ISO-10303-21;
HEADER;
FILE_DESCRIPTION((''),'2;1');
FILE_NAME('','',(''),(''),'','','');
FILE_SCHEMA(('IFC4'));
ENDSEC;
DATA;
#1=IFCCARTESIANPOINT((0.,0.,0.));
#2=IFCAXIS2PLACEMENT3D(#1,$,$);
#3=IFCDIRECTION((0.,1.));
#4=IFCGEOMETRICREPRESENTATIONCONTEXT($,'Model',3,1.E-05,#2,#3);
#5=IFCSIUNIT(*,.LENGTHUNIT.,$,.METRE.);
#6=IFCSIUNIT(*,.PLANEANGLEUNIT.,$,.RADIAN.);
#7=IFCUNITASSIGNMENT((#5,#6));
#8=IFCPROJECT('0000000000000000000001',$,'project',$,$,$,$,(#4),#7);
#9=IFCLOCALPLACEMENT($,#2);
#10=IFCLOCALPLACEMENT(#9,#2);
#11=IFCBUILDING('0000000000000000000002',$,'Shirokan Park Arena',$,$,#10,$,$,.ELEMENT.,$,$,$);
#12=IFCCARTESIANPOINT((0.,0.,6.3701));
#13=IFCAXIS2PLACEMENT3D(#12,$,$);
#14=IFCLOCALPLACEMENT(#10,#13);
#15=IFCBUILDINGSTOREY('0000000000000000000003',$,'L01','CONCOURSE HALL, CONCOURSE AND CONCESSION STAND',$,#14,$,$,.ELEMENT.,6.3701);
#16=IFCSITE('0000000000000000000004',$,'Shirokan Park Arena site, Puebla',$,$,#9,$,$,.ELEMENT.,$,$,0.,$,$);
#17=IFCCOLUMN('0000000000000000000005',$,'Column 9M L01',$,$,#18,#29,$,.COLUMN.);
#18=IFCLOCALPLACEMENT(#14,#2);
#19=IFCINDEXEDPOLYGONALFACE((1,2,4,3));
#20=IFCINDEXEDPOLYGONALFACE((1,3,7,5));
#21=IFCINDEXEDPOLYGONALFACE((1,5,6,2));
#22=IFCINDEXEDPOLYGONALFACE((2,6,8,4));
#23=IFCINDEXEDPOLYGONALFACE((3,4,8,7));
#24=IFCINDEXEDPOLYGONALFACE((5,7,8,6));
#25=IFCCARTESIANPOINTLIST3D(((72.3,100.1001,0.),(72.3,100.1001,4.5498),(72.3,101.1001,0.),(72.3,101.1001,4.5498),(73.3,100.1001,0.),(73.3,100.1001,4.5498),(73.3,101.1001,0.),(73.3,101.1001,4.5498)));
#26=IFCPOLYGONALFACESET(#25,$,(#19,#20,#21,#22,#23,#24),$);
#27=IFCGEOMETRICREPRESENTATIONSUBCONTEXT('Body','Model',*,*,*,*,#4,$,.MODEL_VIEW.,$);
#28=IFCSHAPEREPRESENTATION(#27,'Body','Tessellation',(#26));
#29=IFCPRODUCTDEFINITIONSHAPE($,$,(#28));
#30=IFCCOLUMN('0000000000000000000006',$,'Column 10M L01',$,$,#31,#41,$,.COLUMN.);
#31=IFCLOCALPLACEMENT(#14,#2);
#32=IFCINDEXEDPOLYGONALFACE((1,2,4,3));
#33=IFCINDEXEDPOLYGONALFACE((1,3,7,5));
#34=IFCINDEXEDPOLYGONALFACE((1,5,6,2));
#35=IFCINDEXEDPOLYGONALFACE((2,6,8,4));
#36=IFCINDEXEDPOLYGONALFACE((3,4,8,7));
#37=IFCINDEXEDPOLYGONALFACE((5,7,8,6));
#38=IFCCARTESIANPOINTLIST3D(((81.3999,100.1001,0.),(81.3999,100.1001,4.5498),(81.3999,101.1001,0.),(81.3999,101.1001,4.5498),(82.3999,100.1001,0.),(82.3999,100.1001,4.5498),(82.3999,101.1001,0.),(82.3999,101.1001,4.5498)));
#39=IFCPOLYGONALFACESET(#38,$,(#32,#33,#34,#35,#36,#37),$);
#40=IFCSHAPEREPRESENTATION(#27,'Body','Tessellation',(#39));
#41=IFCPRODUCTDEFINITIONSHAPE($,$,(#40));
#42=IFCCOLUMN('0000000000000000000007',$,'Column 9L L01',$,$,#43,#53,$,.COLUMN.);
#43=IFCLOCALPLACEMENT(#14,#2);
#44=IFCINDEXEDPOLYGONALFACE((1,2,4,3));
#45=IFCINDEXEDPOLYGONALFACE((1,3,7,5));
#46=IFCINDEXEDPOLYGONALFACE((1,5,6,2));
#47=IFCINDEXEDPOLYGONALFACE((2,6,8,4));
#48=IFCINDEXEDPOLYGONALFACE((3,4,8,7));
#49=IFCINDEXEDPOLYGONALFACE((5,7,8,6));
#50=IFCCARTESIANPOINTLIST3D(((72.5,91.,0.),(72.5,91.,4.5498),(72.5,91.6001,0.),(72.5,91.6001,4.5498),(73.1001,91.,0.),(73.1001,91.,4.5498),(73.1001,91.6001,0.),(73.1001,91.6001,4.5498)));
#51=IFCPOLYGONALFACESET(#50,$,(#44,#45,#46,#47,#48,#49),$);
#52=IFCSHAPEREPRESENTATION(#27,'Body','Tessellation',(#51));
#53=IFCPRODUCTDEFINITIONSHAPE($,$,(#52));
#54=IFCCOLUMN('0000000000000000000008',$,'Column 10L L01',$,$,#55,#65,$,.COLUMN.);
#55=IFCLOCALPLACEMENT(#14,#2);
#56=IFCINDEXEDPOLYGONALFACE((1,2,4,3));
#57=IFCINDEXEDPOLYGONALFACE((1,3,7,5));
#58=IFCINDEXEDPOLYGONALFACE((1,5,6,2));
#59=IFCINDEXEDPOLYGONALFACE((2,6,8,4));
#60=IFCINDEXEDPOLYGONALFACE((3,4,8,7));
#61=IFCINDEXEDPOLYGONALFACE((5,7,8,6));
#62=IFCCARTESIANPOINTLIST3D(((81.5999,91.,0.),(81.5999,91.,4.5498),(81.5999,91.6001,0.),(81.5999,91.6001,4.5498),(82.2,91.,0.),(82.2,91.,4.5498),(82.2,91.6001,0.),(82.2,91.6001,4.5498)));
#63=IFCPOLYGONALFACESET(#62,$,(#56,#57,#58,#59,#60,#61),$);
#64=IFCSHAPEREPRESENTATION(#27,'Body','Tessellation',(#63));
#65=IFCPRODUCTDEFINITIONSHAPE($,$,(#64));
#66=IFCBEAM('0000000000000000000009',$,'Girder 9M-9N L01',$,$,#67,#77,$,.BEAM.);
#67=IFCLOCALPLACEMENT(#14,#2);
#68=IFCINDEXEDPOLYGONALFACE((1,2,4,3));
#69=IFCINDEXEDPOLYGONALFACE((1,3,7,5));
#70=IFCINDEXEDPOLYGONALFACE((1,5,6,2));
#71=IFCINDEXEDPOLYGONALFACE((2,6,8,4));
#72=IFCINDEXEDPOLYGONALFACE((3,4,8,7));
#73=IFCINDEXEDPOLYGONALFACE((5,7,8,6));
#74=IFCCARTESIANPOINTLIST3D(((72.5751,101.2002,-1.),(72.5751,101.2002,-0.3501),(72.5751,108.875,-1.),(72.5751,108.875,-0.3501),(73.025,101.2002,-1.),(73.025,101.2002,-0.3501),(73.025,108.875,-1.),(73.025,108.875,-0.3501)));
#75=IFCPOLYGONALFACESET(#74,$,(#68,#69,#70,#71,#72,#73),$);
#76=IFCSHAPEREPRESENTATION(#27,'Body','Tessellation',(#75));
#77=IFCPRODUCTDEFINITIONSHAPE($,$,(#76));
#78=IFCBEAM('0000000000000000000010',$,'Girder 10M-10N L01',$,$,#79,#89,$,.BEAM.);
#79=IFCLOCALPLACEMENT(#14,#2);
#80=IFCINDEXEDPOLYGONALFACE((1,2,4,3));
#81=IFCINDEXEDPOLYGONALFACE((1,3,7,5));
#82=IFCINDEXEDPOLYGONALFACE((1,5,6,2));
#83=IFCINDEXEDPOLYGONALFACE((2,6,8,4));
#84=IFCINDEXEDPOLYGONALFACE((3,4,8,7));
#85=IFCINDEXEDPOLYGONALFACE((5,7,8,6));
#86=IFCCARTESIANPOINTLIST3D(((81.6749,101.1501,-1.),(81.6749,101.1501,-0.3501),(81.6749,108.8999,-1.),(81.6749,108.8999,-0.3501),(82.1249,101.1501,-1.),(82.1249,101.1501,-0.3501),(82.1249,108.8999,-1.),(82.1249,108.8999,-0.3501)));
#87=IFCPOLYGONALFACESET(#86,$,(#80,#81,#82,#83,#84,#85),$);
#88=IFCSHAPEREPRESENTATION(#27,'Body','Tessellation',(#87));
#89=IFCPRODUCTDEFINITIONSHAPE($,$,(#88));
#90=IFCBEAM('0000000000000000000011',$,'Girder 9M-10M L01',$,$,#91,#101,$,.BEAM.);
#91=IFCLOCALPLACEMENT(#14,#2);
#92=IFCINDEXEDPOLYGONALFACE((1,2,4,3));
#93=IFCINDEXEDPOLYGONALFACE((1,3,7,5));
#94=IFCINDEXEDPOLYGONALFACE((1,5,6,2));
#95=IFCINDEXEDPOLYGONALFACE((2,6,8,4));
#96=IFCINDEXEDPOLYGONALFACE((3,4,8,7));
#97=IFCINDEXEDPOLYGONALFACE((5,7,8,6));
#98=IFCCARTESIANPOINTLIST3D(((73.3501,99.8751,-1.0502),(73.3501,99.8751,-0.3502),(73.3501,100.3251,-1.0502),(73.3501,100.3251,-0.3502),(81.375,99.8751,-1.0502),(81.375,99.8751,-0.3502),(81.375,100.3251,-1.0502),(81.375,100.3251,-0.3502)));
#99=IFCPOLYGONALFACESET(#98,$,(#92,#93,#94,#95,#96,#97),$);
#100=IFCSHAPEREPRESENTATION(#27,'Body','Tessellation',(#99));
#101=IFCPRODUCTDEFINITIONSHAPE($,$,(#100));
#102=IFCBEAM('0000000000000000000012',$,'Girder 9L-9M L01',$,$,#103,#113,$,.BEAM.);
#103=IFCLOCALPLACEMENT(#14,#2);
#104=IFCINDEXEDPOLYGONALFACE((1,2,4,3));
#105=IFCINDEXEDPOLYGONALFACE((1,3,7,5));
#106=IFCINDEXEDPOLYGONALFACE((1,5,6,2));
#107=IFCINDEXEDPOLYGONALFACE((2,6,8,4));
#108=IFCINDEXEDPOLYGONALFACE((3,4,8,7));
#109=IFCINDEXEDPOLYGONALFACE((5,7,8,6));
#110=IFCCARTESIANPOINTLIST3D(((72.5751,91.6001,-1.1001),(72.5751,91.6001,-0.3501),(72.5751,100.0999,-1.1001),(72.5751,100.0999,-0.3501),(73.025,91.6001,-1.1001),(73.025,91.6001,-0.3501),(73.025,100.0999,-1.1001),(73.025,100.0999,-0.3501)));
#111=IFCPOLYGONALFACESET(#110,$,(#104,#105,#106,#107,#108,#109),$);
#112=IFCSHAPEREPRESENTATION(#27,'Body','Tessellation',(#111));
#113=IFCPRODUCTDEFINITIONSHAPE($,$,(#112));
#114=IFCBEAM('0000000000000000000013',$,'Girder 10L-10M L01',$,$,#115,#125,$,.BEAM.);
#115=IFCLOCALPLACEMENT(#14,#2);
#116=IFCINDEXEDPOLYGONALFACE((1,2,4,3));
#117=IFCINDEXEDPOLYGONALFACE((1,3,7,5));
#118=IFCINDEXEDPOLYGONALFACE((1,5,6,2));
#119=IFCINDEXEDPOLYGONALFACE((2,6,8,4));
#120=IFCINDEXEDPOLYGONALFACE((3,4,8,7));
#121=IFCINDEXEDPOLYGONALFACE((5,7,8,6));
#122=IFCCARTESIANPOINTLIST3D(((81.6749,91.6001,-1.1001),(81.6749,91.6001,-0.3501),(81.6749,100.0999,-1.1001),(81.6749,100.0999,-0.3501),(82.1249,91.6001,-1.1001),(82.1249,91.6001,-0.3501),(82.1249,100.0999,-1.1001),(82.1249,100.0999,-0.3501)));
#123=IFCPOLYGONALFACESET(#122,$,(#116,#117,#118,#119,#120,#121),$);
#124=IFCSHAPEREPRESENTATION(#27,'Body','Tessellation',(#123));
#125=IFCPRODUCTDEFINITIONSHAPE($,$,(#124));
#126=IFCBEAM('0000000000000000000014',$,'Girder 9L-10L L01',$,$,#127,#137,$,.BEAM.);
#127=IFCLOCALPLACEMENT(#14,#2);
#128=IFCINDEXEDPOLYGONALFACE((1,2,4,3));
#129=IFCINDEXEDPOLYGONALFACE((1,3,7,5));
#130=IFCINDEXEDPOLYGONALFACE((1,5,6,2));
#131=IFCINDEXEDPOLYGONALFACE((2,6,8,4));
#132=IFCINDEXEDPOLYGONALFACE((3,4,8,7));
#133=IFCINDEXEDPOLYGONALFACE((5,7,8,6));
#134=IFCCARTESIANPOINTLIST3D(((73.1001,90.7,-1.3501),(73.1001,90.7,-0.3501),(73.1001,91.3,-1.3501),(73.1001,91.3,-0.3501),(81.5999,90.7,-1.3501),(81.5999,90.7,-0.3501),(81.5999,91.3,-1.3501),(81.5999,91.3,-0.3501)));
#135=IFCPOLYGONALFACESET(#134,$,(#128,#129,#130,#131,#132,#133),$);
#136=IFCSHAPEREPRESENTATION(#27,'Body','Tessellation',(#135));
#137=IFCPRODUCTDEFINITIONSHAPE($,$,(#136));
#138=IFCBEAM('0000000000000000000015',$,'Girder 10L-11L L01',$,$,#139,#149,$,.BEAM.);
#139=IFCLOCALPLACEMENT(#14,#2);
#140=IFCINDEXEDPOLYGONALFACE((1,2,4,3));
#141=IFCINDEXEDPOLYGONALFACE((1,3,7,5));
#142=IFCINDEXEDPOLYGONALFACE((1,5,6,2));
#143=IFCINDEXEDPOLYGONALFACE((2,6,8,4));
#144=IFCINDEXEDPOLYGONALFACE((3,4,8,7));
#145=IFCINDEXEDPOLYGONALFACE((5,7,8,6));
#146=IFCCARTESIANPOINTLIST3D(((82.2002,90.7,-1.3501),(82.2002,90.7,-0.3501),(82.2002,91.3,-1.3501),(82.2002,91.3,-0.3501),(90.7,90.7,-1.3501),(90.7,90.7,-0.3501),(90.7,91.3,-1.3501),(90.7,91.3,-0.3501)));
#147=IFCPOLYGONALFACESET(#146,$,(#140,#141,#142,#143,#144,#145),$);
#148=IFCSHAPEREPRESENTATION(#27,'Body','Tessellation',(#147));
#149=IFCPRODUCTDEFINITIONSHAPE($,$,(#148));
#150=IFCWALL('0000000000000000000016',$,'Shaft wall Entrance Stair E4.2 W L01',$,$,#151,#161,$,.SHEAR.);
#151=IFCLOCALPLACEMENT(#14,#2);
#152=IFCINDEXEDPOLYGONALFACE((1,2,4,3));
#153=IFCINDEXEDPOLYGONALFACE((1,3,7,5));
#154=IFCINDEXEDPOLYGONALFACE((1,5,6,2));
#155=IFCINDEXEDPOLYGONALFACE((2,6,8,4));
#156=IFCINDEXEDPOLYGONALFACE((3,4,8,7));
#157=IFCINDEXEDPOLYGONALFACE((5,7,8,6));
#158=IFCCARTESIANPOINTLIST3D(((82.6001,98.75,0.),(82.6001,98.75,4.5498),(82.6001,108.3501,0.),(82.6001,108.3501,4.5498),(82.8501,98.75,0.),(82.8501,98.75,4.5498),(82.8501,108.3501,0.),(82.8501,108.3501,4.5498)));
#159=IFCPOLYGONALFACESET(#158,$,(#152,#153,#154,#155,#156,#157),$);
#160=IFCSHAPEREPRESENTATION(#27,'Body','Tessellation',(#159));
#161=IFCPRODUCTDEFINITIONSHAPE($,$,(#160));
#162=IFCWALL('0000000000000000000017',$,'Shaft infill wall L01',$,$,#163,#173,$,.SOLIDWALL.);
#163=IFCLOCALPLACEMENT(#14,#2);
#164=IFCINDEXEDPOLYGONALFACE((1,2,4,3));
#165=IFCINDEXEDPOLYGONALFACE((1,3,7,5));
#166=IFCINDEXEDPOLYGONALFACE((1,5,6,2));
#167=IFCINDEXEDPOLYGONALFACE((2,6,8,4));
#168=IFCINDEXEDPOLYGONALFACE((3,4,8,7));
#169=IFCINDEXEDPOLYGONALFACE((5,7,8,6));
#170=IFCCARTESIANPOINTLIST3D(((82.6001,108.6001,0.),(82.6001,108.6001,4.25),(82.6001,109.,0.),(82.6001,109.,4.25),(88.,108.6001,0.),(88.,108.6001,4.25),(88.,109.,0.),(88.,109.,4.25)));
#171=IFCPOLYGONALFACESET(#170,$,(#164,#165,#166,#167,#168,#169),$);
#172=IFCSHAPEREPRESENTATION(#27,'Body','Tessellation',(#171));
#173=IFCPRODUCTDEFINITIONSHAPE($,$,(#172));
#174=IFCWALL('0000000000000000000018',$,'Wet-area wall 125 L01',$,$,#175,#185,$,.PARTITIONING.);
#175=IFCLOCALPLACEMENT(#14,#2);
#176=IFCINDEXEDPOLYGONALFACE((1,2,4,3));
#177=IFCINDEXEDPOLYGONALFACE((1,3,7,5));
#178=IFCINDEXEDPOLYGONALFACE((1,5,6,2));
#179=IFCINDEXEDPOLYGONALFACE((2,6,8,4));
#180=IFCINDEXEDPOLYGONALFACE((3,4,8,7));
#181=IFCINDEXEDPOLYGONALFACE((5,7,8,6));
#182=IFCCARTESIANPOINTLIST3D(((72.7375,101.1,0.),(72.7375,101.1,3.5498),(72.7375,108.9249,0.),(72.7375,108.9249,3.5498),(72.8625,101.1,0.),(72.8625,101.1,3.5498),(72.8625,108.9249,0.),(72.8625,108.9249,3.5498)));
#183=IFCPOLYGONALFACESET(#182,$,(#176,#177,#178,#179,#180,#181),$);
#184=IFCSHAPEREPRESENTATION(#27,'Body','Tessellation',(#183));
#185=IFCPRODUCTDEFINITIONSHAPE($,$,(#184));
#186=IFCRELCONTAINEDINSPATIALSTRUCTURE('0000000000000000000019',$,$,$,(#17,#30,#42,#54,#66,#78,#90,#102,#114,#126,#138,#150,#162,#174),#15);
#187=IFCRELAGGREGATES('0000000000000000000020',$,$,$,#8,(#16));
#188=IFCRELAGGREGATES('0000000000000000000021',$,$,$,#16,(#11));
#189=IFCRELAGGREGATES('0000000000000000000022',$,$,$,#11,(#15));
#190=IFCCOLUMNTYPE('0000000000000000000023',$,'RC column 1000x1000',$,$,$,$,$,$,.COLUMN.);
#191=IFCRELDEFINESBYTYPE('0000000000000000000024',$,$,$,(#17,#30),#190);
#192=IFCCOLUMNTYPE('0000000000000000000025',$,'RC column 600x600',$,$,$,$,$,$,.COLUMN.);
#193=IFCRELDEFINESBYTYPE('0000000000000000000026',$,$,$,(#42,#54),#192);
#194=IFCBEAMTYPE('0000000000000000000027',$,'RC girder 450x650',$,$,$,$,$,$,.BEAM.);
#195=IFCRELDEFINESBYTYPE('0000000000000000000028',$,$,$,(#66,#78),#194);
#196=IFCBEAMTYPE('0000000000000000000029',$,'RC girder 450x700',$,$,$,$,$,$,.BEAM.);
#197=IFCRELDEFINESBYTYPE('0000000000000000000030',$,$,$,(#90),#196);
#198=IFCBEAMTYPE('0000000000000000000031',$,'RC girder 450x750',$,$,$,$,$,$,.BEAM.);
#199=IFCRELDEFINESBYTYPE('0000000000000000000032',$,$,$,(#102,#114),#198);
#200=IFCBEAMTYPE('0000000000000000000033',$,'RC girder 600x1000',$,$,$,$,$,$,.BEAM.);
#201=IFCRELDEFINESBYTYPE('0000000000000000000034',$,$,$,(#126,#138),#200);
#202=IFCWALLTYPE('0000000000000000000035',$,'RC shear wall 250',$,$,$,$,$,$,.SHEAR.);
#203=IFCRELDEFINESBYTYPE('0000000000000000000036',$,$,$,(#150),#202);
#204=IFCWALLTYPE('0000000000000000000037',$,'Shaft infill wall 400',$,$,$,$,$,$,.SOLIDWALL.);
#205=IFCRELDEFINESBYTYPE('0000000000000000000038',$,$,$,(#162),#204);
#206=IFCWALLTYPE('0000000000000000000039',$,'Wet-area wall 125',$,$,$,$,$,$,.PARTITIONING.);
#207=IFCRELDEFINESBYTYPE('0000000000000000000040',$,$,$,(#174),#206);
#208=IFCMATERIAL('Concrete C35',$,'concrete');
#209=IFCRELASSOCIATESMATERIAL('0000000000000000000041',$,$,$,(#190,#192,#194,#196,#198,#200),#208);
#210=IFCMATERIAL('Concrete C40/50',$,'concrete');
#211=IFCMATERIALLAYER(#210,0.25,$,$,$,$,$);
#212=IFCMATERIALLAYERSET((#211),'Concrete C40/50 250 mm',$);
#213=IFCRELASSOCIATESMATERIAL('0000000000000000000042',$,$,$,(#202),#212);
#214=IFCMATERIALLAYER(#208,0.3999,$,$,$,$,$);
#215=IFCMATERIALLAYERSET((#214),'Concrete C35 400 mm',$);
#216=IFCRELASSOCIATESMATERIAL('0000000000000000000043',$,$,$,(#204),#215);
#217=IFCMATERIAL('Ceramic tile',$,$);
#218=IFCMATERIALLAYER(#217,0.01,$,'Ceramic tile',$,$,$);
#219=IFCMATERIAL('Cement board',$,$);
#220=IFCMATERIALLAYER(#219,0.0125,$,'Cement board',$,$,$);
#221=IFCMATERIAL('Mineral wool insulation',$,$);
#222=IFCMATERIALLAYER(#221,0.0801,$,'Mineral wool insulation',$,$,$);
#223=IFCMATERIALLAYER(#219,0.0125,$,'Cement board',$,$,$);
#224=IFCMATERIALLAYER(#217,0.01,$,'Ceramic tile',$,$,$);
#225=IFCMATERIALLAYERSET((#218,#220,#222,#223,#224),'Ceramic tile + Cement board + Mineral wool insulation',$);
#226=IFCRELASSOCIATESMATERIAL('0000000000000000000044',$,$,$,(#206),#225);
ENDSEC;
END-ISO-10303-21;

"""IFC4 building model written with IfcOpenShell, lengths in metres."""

from ifc_helpers import new_model, si_unit, direction, frame, frame_2d, origin, origin_2d, place, context, subcontext, project, spatial, rectangle, extrude, material, layer, layer_set, material_profile, profile_set, type_object, element, save


model = new_model("IFC4")

# Units and contexts
model_context = context("Model", 3, precision=1e-05, world=origin(), true_north=direction((0.0, 1.0)))
body_context = subcontext(model_context, "Body", "Model", "MODEL_VIEW")
ifc_project = project(units=[si_unit("LENGTHUNIT", "METRE"), si_unit("PLANEANGLEUNIT", "RADIAN")], contexts=[model_context])

# Site, building, storey
site_placement = place(None, origin())
site = spatial("IfcSite", under=ifc_project, at=site_placement, Name="Shirokan Park Arena site, Puebla", CompositionType="ELEMENT", RefElevation=0.0)
building_placement = place(site_placement, origin())
building = spatial("IfcBuilding", under=site, at=building_placement, Name="Shirokan Park Arena", CompositionType="ELEMENT")
storey_placement = place(building_placement, frame((0.0, 0.0, 6.3701)))
storey = spatial("IfcBuildingStorey", under=building, at=storey_placement, Name="L01", Description="CONCOURSE HALL, CONCOURSE AND CONCESSION STAND", CompositionType="ELEMENT", Elevation=6.3701)

# Columns
ifc_material_1 = material(Name="Concrete C35", Category="concrete")
ifc_material_profile_1 = material_profile(ifc_material_1, rectangle(XDim=1.0, YDim=1.0, at=origin_2d()), Name="1000x1000")
ifc_profile_set_1 = profile_set([ifc_material_profile_1], Name="Concrete C35")
column_type_1 = type_object("IfcColumnType", Name="RC column 1000x1000", PredefinedType="COLUMN", material=ifc_profile_set_1)
for number, where, z_axis, x_axis, name in (
    (1, (72.8, 100.6001, 0.0), (0.0, 0.0, 1.0), (1.0, 0.0, 0.0), "Column 9M L01"),
    (2, (81.8999, 100.6001, 0.0), (0.0, 0.0, 1.0), (1.0, 0.0, 0.0), "Column 10M L01"),
):
    element("IfcColumn", number, at=place(storey_placement, frame(where, z_axis=z_axis, x_axis=x_axis)), inside=storey, type_object=column_type_1, Name=name, PredefinedType="COLUMN", context=body_context, shape_type="SweptSolid", body=[
        extrude(rectangle(XDim=1.0, YDim=1.0, at=origin_2d()), origin(), (0.0, 0.0, 1.0), 4.5498),
    ])
ifc_material_profile_2 = material_profile(ifc_material_1, rectangle(XDim=0.6001, YDim=0.6001, at=origin_2d()), Name="600x600")
ifc_profile_set_2 = profile_set([ifc_material_profile_2], Name="Concrete C35")
column_type_2 = type_object("IfcColumnType", Name="RC column 600x600", PredefinedType="COLUMN", material=ifc_profile_set_2)
for number, where, z_axis, x_axis, name in (
    (3, (72.8, 91.3, 0.0), (0.0, 0.0, 1.0), (1.0, 0.0, 0.0), "Column 9L L01"),
    (4, (81.8999, 91.3, 0.0), (0.0, 0.0, 1.0), (1.0, 0.0, 0.0), "Column 10L L01"),
):
    element("IfcColumn", number, at=place(storey_placement, frame(where, z_axis=z_axis, x_axis=x_axis)), inside=storey, type_object=column_type_2, Name=name, PredefinedType="COLUMN", context=body_context, shape_type="SweptSolid", body=[
        extrude(rectangle(XDim=0.6001, YDim=0.6001, at=origin_2d()), origin(), (0.0, 0.0, 1.0), 4.5498),
    ])

# Beams
ifc_material_profile_3 = material_profile(ifc_material_1, rectangle(XDim=0.45, YDim=0.6499, at=origin_2d()), Name="450x650")
ifc_profile_set_3 = profile_set([ifc_material_profile_3], Name="Concrete C35")
beam_type_1 = type_object("IfcBeamType", Name="RC girder 450x650", PredefinedType="BEAM", material=ifc_profile_set_3)
beam_1_placement = place(storey_placement, frame((72.8, 101.2002, -0.675), z_axis=(0.0, 1.0, 0.0), x_axis=(-1.0, 0.0, 0.0)))
element("IfcBeam", 5, at=beam_1_placement, inside=storey, type_object=beam_type_1, Name="Girder 9M-9N L01", PredefinedType="BEAM", context=body_context, shape_type="SweptSolid", body=[
    extrude(rectangle(XDim=0.45, YDim=0.6499, at=origin_2d()), origin(), (0.0, 0.0, 1.0), 7.6748),
])
beam_2_placement = place(storey_placement, frame((81.8999, 101.1501, -0.675), z_axis=(0.0, 1.0, 0.0), x_axis=(-1.0, 0.0, 0.0)))
element("IfcBeam", 6, at=beam_2_placement, inside=storey, type_object=beam_type_1, Name="Girder 10M-10N L01", PredefinedType="BEAM", context=body_context, shape_type="SweptSolid", body=[
    extrude(rectangle(XDim=0.45, YDim=0.6499, at=origin_2d()), origin(), (0.0, 0.0, 1.0), 7.7498),
])
ifc_material_profile_4 = material_profile(ifc_material_1, rectangle(XDim=0.45, YDim=0.7, at=origin_2d()), Name="450x700")
ifc_profile_set_4 = profile_set([ifc_material_profile_4], Name="Concrete C35")
beam_type_2 = type_object("IfcBeamType", Name="RC girder 450x700", PredefinedType="BEAM", material=ifc_profile_set_4)
beam_3_placement = place(storey_placement, frame((73.3501, 100.1001, -0.7002), z_axis=(1.0, 0.0, 0.0), x_axis=(0.0, 1.0, 0.0)))
element("IfcBeam", 7, at=beam_3_placement, inside=storey, type_object=beam_type_2, Name="Girder 9M-10M L01", PredefinedType="BEAM", context=body_context, shape_type="SweptSolid", body=[
    extrude(rectangle(XDim=0.45, YDim=0.7, at=origin_2d()), origin(), (0.0, 0.0, 1.0), 8.0249),
])
ifc_material_profile_5 = material_profile(ifc_material_1, rectangle(XDim=0.45, YDim=0.75, at=origin_2d()), Name="450x750")
ifc_profile_set_5 = profile_set([ifc_material_profile_5], Name="Concrete C35")
beam_type_3 = type_object("IfcBeamType", Name="RC girder 450x750", PredefinedType="BEAM", material=ifc_profile_set_5)
for number, where, z_axis, x_axis, name in (
    (8, (72.8, 91.6001, -0.7251), (0.0, 1.0, 0.0), (-1.0, 0.0, 0.0), "Girder 9L-9M L01"),
    (9, (81.8999, 91.6001, -0.7251), (0.0, 1.0, 0.0), (-1.0, 0.0, 0.0), "Girder 10L-10M L01"),
):
    element("IfcBeam", number, at=place(storey_placement, frame(where, z_axis=z_axis, x_axis=x_axis)), inside=storey, type_object=beam_type_3, Name=name, PredefinedType="BEAM", context=body_context, shape_type="SweptSolid", body=[
        extrude(rectangle(XDim=0.45, YDim=0.75, at=origin_2d()), origin(), (0.0, 0.0, 1.0), 8.4998),
    ])
ifc_material_profile_6 = material_profile(ifc_material_1, rectangle(XDim=0.6001, YDim=1.0, at=origin_2d()), Name="600x1000")
ifc_profile_set_6 = profile_set([ifc_material_profile_6], Name="Concrete C35")
beam_type_4 = type_object("IfcBeamType", Name="RC girder 600x1000", PredefinedType="BEAM", material=ifc_profile_set_6)
for number, where, z_axis, x_axis, name in (
    (10, (73.1001, 91.0, -0.8501), (1.0, 0.0, 0.0), (0.0, 1.0, 0.0), "Girder 9L-10L L01"),
    (11, (82.2002, 91.0, -0.8501), (1.0, 0.0, 0.0), (0.0, 1.0, 0.0), "Girder 10L-11L L01"),
):
    element("IfcBeam", number, at=place(storey_placement, frame(where, z_axis=z_axis, x_axis=x_axis)), inside=storey, type_object=beam_type_4, Name=name, PredefinedType="BEAM", context=body_context, shape_type="SweptSolid", body=[
        extrude(rectangle(XDim=0.6001, YDim=1.0, at=origin_2d()), origin(), (0.0, 0.0, 1.0), 8.4998),
    ])

# Walls
ifc_material_2 = material(Name="Concrete C40/50", Category="concrete")
ifc_layer_1 = layer(ifc_material_2, 0.25)
ifc_layer_set_1 = layer_set([ifc_layer_1], Name="Concrete C40/50 250 mm")
wall_type_1 = type_object("IfcWallType", Name="RC shear wall 250", PredefinedType="SHEAR", material=ifc_layer_set_1)
wall_1_placement = place(storey_placement, frame((82.7251, 108.3501, 0.0), z_axis=(0.0, 0.0, 1.0), x_axis=(0.0, -1.0, 0.0)))
element("IfcWall", 12, at=wall_1_placement, inside=storey, type_object=wall_type_1, Name="Shaft wall Entrance Stair E4.2 W L01", PredefinedType="SHEAR", context=body_context, shape_type="SweptSolid", body=[
    extrude(rectangle(XDim=9.6001, YDim=0.25, at=frame_2d((4.8, 0.0))), origin(), (0.0, 0.0, 1.0), 4.5498),
])
ifc_layer_2 = layer(ifc_material_1, 0.3999)
ifc_layer_set_2 = layer_set([ifc_layer_2], Name="Concrete C35 400 mm")
wall_type_2 = type_object("IfcWallType", Name="Shaft infill wall 400", PredefinedType="SOLIDWALL", material=ifc_layer_set_2)
wall_2_placement = place(storey_placement, frame((82.6001, 108.8, 0.0), z_axis=(0.0, 0.0, 1.0), x_axis=(1.0, 0.0, 0.0)))
element("IfcWall", 13, at=wall_2_placement, inside=storey, type_object=wall_type_2, Name="Shaft infill wall L01", PredefinedType="SOLIDWALL", context=body_context, shape_type="SweptSolid", body=[
    extrude(rectangle(XDim=5.3999, YDim=0.3999, at=frame_2d((2.7, 0.0))), origin(), (0.0, 0.0, 1.0), 4.25),
])
ifc_material_3 = material(Name="Ceramic tile")
ifc_layer_3 = layer(ifc_material_3, 0.01, Name="Ceramic tile")
ifc_material_4 = material(Name="Cement board")
ifc_layer_4 = layer(ifc_material_4, 0.0125, Name="Cement board")
ifc_material_5 = material(Name="Mineral wool insulation")
ifc_layer_5 = layer(ifc_material_5, 0.0801, Name="Mineral wool insulation")
ifc_layer_6 = layer(ifc_material_4, 0.0125, Name="Cement board")
ifc_layer_7 = layer(ifc_material_3, 0.01, Name="Ceramic tile")
ifc_layer_set_3 = layer_set([ifc_layer_3, ifc_layer_4, ifc_layer_5, ifc_layer_6, ifc_layer_7], Name="Ceramic tile + Cement board + Mineral wool insulation")
wall_type_3 = type_object("IfcWallType", Name="Wet-area wall 125", PredefinedType="PARTITIONING", material=ifc_layer_set_3)
wall_3_placement = place(storey_placement, frame((72.8, 108.925, 0.0), z_axis=(0.0, 0.0, 1.0), x_axis=(0.0, -1.0, 0.0)))
element("IfcWall", 14, at=wall_3_placement, inside=storey, type_object=wall_type_3, Name="Wet-area wall 125 L01", PredefinedType="PARTITIONING", context=body_context, shape_type="SweptSolid", body=[
    extrude(rectangle(XDim=7.825, YDim=0.125, at=frame_2d((3.9126, 0.0))), origin(), (0.0, 0.0, 1.0), 3.5498),
])

save(model, "model.ifc")
